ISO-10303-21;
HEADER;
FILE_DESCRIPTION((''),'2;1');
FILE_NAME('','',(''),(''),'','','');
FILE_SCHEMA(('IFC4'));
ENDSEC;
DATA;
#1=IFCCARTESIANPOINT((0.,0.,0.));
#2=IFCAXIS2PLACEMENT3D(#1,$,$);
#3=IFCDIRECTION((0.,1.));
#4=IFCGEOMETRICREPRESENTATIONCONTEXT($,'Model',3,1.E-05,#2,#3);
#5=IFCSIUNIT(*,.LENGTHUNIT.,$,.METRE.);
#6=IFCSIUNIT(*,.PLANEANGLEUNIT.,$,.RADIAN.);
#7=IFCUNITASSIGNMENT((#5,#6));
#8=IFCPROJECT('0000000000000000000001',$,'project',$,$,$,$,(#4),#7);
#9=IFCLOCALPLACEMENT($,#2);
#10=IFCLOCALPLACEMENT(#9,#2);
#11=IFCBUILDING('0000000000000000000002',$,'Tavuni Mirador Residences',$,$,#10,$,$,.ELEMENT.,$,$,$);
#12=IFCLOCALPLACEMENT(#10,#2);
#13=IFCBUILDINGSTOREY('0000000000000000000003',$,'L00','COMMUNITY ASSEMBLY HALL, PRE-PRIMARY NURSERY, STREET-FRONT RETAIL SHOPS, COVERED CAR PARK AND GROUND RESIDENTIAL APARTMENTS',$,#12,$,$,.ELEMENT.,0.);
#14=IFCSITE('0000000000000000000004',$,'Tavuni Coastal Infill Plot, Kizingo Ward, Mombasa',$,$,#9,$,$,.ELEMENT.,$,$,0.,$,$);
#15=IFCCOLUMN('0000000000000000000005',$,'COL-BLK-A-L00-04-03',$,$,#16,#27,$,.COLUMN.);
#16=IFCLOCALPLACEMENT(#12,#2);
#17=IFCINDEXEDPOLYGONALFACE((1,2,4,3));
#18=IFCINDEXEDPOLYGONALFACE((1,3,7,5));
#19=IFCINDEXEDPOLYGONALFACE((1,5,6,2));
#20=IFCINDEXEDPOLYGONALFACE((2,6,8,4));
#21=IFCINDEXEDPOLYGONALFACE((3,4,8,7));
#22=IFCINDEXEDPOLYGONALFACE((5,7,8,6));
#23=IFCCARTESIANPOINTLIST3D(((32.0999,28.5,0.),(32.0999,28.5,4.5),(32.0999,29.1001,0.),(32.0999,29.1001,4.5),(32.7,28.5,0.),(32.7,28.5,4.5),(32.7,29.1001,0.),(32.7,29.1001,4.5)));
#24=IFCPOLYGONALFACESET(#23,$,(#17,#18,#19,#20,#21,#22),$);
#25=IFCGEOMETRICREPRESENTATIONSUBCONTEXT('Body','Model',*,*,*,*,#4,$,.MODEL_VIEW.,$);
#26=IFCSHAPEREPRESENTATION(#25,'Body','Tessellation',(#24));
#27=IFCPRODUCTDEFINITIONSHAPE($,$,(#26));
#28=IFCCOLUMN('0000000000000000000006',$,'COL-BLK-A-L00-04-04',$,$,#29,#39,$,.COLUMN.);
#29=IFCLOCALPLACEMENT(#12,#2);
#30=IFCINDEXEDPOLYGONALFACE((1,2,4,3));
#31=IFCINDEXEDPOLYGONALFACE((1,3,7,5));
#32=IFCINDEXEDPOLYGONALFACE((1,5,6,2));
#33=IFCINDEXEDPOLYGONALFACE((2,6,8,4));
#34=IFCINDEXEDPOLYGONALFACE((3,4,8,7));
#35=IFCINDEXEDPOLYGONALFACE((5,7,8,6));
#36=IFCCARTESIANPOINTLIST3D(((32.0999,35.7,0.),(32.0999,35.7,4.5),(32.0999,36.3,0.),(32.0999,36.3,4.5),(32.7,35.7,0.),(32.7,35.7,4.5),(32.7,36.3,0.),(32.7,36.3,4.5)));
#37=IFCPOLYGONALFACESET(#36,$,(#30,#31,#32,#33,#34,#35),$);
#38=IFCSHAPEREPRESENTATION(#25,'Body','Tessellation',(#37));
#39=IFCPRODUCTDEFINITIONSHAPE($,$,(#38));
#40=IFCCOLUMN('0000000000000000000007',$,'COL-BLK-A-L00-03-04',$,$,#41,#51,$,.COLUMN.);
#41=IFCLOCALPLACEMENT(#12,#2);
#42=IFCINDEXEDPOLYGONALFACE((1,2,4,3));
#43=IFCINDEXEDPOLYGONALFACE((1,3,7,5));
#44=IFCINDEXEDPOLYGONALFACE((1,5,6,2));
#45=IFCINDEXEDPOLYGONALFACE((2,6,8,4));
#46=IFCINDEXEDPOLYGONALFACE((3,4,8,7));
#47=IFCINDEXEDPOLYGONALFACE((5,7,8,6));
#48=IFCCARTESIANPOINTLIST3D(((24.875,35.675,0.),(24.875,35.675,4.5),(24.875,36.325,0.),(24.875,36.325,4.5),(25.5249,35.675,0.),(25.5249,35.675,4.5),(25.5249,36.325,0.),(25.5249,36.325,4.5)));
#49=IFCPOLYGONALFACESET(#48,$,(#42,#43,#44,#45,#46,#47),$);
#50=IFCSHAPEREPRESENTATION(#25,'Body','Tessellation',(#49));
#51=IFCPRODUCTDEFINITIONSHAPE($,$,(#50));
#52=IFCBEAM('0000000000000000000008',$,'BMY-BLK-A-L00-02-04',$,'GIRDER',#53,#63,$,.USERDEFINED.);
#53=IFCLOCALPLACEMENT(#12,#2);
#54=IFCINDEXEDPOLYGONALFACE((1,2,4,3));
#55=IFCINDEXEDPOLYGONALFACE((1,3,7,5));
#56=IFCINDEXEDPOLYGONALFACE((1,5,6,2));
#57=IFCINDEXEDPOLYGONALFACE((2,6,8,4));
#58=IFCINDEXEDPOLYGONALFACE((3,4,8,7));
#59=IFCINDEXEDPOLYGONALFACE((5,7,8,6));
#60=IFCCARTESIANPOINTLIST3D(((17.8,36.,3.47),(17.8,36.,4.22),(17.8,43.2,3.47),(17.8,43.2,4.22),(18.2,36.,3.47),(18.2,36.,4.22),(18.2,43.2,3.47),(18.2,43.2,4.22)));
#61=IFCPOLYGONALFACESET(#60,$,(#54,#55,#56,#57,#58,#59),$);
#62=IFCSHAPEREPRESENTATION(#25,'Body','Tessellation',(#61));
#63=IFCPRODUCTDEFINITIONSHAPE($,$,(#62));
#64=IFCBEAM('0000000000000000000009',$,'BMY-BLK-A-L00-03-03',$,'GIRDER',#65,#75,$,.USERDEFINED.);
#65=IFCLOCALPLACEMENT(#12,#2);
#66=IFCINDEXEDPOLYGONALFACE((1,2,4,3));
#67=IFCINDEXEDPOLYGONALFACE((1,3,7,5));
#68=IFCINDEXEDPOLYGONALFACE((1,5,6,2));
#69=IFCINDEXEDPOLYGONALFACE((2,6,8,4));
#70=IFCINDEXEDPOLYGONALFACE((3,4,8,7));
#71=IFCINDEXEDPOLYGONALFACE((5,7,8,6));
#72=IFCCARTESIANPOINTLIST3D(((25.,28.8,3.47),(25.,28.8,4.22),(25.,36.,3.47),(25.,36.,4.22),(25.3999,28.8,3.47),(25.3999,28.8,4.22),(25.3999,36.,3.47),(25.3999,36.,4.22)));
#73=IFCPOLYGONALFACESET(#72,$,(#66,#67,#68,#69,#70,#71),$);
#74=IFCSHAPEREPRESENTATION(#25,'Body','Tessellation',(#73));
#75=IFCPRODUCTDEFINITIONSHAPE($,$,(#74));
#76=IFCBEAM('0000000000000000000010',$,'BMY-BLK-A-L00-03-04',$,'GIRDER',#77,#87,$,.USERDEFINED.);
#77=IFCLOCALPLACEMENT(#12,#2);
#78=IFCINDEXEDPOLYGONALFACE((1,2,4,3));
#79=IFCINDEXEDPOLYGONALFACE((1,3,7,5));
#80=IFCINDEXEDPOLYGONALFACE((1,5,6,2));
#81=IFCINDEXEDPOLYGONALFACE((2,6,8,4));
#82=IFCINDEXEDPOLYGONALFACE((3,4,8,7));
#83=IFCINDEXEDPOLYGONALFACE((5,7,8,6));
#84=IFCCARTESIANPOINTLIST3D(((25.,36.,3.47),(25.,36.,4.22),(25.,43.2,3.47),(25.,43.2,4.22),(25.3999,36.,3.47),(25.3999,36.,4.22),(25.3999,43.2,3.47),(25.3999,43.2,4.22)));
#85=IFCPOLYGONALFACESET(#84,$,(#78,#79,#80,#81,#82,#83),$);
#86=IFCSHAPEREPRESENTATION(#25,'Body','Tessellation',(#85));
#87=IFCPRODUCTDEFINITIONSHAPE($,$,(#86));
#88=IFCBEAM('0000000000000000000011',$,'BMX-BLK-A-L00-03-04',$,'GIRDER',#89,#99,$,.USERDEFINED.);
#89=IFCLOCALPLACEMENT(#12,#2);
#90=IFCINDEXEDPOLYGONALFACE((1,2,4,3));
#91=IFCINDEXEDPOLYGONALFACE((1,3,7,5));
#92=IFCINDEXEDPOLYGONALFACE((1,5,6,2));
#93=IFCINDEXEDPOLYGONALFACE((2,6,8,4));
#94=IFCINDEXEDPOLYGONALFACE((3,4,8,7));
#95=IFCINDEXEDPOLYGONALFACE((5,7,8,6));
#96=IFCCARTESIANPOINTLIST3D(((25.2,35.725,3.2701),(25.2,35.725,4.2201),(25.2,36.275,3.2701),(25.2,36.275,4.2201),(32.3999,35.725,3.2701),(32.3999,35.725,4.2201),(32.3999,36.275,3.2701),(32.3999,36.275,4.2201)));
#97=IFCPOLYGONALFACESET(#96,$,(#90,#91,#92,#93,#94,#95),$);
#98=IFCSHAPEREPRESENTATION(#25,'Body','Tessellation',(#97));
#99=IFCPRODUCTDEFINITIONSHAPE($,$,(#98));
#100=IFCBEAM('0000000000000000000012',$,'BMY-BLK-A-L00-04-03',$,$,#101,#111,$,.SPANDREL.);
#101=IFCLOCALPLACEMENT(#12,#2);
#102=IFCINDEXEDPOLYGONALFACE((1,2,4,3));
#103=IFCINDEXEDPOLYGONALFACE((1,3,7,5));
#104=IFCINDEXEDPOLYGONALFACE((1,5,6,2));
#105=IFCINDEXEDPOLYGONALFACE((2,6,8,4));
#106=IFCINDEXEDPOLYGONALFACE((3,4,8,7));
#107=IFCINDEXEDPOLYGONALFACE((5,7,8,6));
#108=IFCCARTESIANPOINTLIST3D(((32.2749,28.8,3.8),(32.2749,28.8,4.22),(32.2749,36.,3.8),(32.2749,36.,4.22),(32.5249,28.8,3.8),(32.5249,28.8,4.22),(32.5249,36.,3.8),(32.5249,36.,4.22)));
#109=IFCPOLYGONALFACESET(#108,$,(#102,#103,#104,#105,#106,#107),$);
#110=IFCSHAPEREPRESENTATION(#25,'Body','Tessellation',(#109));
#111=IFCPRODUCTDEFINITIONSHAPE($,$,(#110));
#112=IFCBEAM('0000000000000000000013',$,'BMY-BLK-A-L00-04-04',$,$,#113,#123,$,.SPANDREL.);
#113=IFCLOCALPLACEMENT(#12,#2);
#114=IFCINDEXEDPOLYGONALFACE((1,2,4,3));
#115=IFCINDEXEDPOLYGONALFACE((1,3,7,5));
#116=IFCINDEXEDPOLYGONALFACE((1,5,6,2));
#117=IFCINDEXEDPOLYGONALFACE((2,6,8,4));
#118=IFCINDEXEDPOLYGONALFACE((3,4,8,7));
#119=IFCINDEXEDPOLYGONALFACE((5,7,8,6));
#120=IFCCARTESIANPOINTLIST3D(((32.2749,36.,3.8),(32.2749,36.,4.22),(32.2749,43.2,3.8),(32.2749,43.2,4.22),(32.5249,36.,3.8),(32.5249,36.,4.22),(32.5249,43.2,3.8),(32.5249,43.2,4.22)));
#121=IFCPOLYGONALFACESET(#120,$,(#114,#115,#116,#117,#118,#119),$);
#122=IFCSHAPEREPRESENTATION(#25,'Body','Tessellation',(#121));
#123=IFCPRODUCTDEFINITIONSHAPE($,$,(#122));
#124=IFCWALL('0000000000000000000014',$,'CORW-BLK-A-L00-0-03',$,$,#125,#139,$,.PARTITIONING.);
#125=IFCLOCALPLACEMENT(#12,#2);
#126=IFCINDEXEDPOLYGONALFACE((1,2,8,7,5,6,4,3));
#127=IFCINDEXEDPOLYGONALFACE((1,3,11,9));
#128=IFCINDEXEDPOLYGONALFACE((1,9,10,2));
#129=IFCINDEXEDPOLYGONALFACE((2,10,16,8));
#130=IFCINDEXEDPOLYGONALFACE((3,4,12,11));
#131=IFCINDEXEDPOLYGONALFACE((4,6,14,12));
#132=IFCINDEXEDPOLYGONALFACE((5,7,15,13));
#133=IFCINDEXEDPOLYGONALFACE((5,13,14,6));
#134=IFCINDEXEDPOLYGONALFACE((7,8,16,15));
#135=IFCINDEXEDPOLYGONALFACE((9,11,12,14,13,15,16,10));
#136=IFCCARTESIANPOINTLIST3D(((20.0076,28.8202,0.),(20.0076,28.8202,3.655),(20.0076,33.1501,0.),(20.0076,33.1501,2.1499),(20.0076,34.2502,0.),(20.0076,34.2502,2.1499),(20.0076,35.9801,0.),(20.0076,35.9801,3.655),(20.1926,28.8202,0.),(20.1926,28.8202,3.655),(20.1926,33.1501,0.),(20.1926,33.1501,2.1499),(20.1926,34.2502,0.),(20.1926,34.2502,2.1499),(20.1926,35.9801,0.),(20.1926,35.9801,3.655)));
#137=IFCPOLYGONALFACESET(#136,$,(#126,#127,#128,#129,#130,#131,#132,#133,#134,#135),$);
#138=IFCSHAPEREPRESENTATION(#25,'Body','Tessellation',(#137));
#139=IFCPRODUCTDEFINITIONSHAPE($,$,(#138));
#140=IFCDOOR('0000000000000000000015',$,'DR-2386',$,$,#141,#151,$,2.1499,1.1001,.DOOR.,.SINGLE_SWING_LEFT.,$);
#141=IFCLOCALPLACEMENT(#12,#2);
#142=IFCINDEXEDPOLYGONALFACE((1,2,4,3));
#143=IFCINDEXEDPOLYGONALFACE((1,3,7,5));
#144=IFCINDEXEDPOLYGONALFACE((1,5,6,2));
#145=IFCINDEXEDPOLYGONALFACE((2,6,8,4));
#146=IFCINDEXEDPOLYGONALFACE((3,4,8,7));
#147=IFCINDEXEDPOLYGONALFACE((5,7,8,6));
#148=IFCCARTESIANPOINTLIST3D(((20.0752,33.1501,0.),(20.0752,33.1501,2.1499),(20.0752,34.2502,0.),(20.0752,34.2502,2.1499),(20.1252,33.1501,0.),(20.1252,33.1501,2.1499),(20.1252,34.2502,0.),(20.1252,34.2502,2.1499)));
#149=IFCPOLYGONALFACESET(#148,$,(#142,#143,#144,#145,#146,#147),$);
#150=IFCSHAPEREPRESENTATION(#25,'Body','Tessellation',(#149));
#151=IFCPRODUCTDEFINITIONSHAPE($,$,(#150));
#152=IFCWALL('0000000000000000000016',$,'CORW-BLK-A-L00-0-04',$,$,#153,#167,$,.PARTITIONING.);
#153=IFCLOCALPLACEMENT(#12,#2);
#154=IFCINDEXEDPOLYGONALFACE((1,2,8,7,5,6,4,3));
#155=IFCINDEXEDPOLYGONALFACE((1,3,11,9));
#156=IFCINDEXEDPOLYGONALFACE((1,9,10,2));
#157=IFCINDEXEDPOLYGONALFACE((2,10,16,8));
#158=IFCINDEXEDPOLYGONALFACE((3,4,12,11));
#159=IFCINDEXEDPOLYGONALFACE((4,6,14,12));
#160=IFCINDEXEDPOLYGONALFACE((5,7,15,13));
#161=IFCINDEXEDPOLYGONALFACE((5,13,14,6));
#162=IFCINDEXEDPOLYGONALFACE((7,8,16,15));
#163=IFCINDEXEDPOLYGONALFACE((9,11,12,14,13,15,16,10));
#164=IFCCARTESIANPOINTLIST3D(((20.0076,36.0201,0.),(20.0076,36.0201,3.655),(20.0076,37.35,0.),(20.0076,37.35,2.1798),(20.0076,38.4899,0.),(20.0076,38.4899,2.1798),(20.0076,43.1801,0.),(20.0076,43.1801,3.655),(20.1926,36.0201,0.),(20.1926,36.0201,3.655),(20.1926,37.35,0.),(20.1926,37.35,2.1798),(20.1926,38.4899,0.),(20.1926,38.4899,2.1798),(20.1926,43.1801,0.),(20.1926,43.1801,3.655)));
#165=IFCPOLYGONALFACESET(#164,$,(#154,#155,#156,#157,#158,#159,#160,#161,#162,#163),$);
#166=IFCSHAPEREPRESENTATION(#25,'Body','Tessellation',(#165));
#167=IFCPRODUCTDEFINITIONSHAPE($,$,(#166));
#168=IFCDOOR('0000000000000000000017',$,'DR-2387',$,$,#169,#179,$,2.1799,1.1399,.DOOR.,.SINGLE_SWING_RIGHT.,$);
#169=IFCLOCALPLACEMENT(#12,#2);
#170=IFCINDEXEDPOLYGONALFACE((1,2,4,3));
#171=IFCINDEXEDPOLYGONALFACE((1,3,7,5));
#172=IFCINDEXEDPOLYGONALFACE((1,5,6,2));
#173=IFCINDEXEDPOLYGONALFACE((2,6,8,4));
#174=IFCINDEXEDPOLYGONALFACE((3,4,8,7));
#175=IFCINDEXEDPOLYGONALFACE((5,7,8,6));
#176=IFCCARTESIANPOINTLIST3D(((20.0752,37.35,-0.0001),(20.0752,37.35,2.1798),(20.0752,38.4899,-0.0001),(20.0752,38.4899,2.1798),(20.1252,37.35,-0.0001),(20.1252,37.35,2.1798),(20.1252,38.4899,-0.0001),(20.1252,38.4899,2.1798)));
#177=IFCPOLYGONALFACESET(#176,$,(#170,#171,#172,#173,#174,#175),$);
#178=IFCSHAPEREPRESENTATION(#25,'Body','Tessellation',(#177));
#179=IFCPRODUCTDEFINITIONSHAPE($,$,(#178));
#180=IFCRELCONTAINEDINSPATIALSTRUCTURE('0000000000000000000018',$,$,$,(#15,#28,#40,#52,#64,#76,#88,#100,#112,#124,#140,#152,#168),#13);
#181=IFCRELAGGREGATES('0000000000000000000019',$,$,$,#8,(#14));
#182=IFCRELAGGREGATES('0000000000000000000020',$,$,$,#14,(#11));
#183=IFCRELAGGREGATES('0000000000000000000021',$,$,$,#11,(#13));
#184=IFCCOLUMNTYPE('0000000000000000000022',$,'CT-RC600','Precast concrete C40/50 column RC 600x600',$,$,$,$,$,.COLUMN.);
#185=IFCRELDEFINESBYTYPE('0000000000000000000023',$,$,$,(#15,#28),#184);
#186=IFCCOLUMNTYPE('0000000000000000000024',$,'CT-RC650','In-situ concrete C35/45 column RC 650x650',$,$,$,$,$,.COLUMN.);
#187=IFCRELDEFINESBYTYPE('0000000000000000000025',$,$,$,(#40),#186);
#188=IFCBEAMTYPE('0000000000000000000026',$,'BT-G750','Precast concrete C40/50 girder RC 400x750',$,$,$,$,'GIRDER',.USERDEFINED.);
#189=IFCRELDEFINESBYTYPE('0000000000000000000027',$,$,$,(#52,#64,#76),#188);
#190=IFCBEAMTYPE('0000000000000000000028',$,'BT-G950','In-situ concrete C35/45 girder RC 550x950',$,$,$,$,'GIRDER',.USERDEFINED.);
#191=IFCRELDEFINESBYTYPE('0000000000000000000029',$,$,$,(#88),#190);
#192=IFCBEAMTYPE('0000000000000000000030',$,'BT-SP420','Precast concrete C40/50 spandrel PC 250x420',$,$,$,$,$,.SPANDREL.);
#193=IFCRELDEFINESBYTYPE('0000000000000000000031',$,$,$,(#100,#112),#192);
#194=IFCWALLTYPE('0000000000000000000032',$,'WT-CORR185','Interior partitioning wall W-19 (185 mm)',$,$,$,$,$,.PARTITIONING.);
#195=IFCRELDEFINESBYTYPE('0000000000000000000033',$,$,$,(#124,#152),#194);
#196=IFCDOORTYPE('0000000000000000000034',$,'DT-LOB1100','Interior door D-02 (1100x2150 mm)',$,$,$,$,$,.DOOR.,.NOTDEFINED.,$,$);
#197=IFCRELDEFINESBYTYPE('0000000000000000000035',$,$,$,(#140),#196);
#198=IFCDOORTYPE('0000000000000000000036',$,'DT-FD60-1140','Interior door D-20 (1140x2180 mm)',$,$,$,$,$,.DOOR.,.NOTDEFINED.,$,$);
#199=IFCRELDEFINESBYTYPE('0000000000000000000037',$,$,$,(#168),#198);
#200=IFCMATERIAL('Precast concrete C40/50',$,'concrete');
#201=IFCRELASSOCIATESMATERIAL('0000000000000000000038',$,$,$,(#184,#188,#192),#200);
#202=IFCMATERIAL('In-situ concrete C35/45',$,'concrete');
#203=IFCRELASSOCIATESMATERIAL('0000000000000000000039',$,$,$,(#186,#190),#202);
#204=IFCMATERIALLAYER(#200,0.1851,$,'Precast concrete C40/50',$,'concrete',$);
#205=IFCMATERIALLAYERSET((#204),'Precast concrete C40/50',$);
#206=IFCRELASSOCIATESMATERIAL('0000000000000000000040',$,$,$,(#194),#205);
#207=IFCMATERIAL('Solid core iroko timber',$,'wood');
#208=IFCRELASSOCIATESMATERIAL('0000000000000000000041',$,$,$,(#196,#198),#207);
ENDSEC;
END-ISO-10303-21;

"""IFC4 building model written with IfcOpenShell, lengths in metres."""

from ifc_helpers import new_model, si_unit, direction, frame, frame_2d, origin, origin_2d, place, context, subcontext, project, spatial, rectangle, extrude, material, layer, layer_set, material_profile, profile_set, type_object, element, fill, save


model = new_model("IFC4")

# Units and contexts
model_context = context("Model", 3, precision=1e-05, world=origin(), true_north=direction((0.0, 1.0)))
body_context = subcontext(model_context, "Body", "Model", "MODEL_VIEW")
ifc_project = project(units=[si_unit("LENGTHUNIT", "METRE"), si_unit("PLANEANGLEUNIT", "RADIAN")], contexts=[model_context])

# Site, building, storey
site_placement = place(None, origin())
site = spatial("IfcSite", under=ifc_project, at=site_placement, Name="Tavuni Coastal Infill Plot, Kizingo Ward, Mombasa", CompositionType="ELEMENT", RefElevation=0.0)
building_placement = place(site_placement, origin())
building = spatial("IfcBuilding", under=site, at=building_placement, Name="Tavuni Mirador Residences", CompositionType="ELEMENT")
storey_placement = place(building_placement, origin())
storey = spatial("IfcBuildingStorey", under=building, at=storey_placement, Name="L00", Description="COMMUNITY ASSEMBLY HALL, PRE-PRIMARY NURSERY, STREET-FRONT RETAIL SHOPS, COVERED CAR PARK AND GROUND RESIDENTIAL APARTMENTS", CompositionType="ELEMENT", Elevation=0.0)

# Columns
ifc_material_1 = material(Name="Precast concrete C40/50", Category="concrete")
ifc_material_profile_1 = material_profile(ifc_material_1, rectangle(XDim=0.6001, YDim=0.6001, at=origin_2d()), Name="RC 600x600", Category="concrete")
ifc_profile_set_1 = profile_set([ifc_material_profile_1], Name="Precast concrete C40/50")
column_type_1 = type_object("IfcColumnType", Name="CT-RC600", Description="Precast concrete C40/50 column RC 600x600", PredefinedType="COLUMN", material=ifc_profile_set_1)
for number, where, z_axis, x_axis, name in (
    (1, (32.3999, 28.8, 0.0), (0.0, 0.0, 1.0), (1.0, 0.0, 0.0), "COL-BLK-A-L00-04-03"),
    (2, (32.3999, 36.0, 0.0), (0.0, 0.0, 1.0), (1.0, 0.0, 0.0), "COL-BLK-A-L00-04-04"),
):
    element("IfcColumn", number, at=place(storey_placement, frame(where, z_axis=z_axis, x_axis=x_axis)), inside=storey, type_object=column_type_1, Name=name, PredefinedType="COLUMN", context=body_context, shape_type="SweptSolid", body=[
        extrude(rectangle(XDim=0.6001, YDim=0.6001, at=origin_2d()), origin(), (0.0, 0.0, 1.0), 4.5),
    ])
ifc_material_2 = material(Name="In-situ concrete C35/45", Category="concrete")
ifc_material_profile_2 = material_profile(ifc_material_2, rectangle(XDim=0.6499, YDim=0.6499, at=origin_2d()), Name="RC 650x650", Category="concrete")
ifc_profile_set_2 = profile_set([ifc_material_profile_2], Name="In-situ concrete C35/45")
column_type_2 = type_object("IfcColumnType", Name="CT-RC650", Description="In-situ concrete C35/45 column RC 650x650", PredefinedType="COLUMN", material=ifc_profile_set_2)
column_placement = place(storey_placement, frame((25.2, 36.0, 0.0), z_axis=(0.0, 0.0, 1.0), x_axis=(1.0, 0.0, 0.0)))
element("IfcColumn", 3, at=column_placement, inside=storey, type_object=column_type_2, Name="COL-BLK-A-L00-03-04", PredefinedType="COLUMN", context=body_context, shape_type="SweptSolid", body=[
    extrude(rectangle(XDim=0.6499, YDim=0.6499, at=origin_2d()), origin(), (0.0, 0.0, 1.0), 4.5),
])

# Beams
ifc_material_profile_3 = material_profile(ifc_material_1, rectangle(XDim=0.3999, YDim=0.75, at=origin_2d()), Name="RC 400x750", Category="concrete")
ifc_profile_set_3 = profile_set([ifc_material_profile_3], Name="Precast concrete C40/50")
beam_type_1 = type_object("IfcBeamType", Name="BT-G750", Description="Precast concrete C40/50 girder RC 400x750", ElementType="GIRDER", PredefinedType="USERDEFINED", material=ifc_profile_set_3)
for number, where, z_axis, x_axis, name in (
    (4, (18.0, 36.0, 3.845), (0.0, 1.0, 0.0), (-1.0, 0.0, 0.0), "BMY-BLK-A-L00-02-04"),
    (5, (25.2, 28.8, 3.845), (0.0, 1.0, 0.0), (-1.0, 0.0, 0.0), "BMY-BLK-A-L00-03-03"),
    (6, (25.2, 36.0, 3.845), (0.0, 1.0, 0.0), (-1.0, 0.0, 0.0), "BMY-BLK-A-L00-03-04"),
):
    element("IfcBeam", number, at=place(storey_placement, frame(where, z_axis=z_axis, x_axis=x_axis)), inside=storey, type_object=beam_type_1, Name=name, ObjectType="GIRDER", PredefinedType="USERDEFINED", context=body_context, shape_type="SweptSolid", body=[
        extrude(rectangle(XDim=0.3999, YDim=0.75, at=origin_2d()), origin(), (0.0, 0.0, 1.0), 7.2),
    ])
ifc_material_profile_4 = material_profile(ifc_material_2, rectangle(XDim=0.55, YDim=0.95, at=origin_2d()), Name="RC 550x950", Category="concrete")
ifc_profile_set_4 = profile_set([ifc_material_profile_4], Name="In-situ concrete C35/45")
beam_type_2 = type_object("IfcBeamType", Name="BT-G950", Description="In-situ concrete C35/45 girder RC 550x950", ElementType="GIRDER", PredefinedType="USERDEFINED", material=ifc_profile_set_4)
beam_placement = place(storey_placement, frame((25.2, 36.0, 3.7451), z_axis=(1.0, 0.0, 0.0), x_axis=(0.0, 1.0, 0.0)))
element("IfcBeam", 7, at=beam_placement, inside=storey, type_object=beam_type_2, Name="BMX-BLK-A-L00-03-04", ObjectType="GIRDER", PredefinedType="USERDEFINED", context=body_context, shape_type="SweptSolid", body=[
    extrude(rectangle(XDim=0.55, YDim=0.95, at=origin_2d()), origin(), (0.0, 0.0, 1.0), 7.2),
])
ifc_material_profile_5 = material_profile(ifc_material_1, rectangle(XDim=0.25, YDim=0.4199, at=origin_2d()), Name="PC 250x420", Category="concrete")
ifc_profile_set_5 = profile_set([ifc_material_profile_5], Name="Precast concrete C40/50")
beam_type_3 = type_object("IfcBeamType", Name="BT-SP420", Description="Precast concrete C40/50 spandrel PC 250x420", PredefinedType="SPANDREL", material=ifc_profile_set_5)
for number, where, z_axis, x_axis, name in (
    (8, (32.3999, 28.8, 4.01), (0.0, 1.0, 0.0), (-1.0, 0.0, 0.0), "BMY-BLK-A-L00-04-03"),
    (9, (32.3999, 36.0, 4.01), (0.0, 1.0, 0.0), (-1.0, 0.0, 0.0), "BMY-BLK-A-L00-04-04"),
):
    element("IfcBeam", number, at=place(storey_placement, frame(where, z_axis=z_axis, x_axis=x_axis)), inside=storey, type_object=beam_type_3, Name=name, PredefinedType="SPANDREL", context=body_context, shape_type="SweptSolid", body=[
        extrude(rectangle(XDim=0.25, YDim=0.4199, at=origin_2d()), origin(), (0.0, 0.0, 1.0), 7.2),
    ])

# Walls, openings, doors
ifc_layer_1 = layer(ifc_material_1, 0.1851, Name="Precast concrete C40/50", Category="concrete")
ifc_layer_set_1 = layer_set([ifc_layer_1], Name="Precast concrete C40/50")
wall_type_1 = type_object("IfcWallType", Name="WT-CORR185", Description="Interior partitioning wall W-19 (185 mm)", PredefinedType="PARTITIONING", material=ifc_layer_set_1)
wall_1_placement = place(storey_placement, frame((20.1001, 28.8201, 0.0), z_axis=(0.0, 0.0, 1.0), x_axis=(0.0, 1.0, 0.0)))
wall_1 = element("IfcWall", 10, at=wall_1_placement, inside=storey, type_object=wall_type_1, Name="CORW-BLK-A-L00-0-03", PredefinedType="PARTITIONING", context=body_context, shape_type="SweptSolid", body=[
    extrude(rectangle(XDim=7.1599, YDim=0.1851, at=frame_2d((3.5801, 0.0))), origin(), (0.0, 0.0, 1.0), 3.655),
])
opening_1_placement = place(wall_1_placement, frame((4.3301, 0.0, 0.0)))
opening_1 = element("IfcOpeningElement", 11, at=opening_1_placement, cuts=wall_1, PredefinedType="OPENING", context=body_context, shape_type="SweptSolid", body=[
    extrude(rectangle(XDim=1.1001, YDim=2.1499, at=frame_2d((0.55, 1.075))), frame((0.0, 0.1025, 0.0), z_axis=(0.0, -1.0, 0.0), x_axis=(1.0, 0.0, 0.0)), (0.0, 0.0, 1.0), 0.2051),
])
ifc_material_3 = material(Name="Solid core iroko timber", Category="wood")
door_type_1 = type_object("IfcDoorType", Name="DT-LOB1100", Description="Interior door D-02 (1100x2150 mm)", OperationType="NOTDEFINED", PredefinedType="DOOR", material=ifc_material_3)
door_1_placement = place(opening_1_placement, origin())
door_1 = element("IfcDoor", 12, at=door_1_placement, inside=storey, type_object=door_type_1, Name="DR-2386", OperationType="SINGLE_SWING_LEFT", OverallHeight=2.1499, OverallWidth=1.1001, PredefinedType="DOOR", context=body_context, shape_type="SweptSolid", body=[
    extrude(rectangle(XDim=1.1001, YDim=2.1499, at=frame_2d((0.55, 1.075))), frame((0.0, 0.0249, 0.0), z_axis=(0.0, -1.0, 0.0), x_axis=(1.0, 0.0, 0.0)), (0.0, 0.0, 1.0), 0.05),
])
fill(opening_1, door_1)
wall_2_placement = place(storey_placement, frame((20.1001, 36.02, 0.0), z_axis=(0.0, 0.0, 1.0), x_axis=(0.0, 1.0, 0.0)))
wall_2 = element("IfcWall", 13, at=wall_2_placement, inside=storey, type_object=wall_type_1, Name="CORW-BLK-A-L00-0-04", PredefinedType="PARTITIONING", context=body_context, shape_type="SweptSolid", body=[
    extrude(rectangle(XDim=7.1599, YDim=0.1851, at=frame_2d((3.5801, 0.0))), origin(), (0.0, 0.0, 1.0), 3.655),
])
opening_2_placement = place(wall_2_placement, frame((1.3301, 0.0, 0.0)))
opening_2 = element("IfcOpeningElement", 14, at=opening_2_placement, cuts=wall_2, PredefinedType="OPENING", context=body_context, shape_type="SweptSolid", body=[
    extrude(rectangle(XDim=1.1399, YDim=2.1799, at=frame_2d((0.5698, 1.0898))), frame((0.0, 0.1025, 0.0), z_axis=(0.0, -1.0, 0.0), x_axis=(1.0, 0.0, 0.0)), (0.0, 0.0, 1.0), 0.2051),
])
door_type_2 = type_object("IfcDoorType", Name="DT-FD60-1140", Description="Interior door D-20 (1140x2180 mm)", OperationType="NOTDEFINED", PredefinedType="DOOR", material=ifc_material_3)
door_2_placement = place(opening_2_placement, origin())
door_2 = element("IfcDoor", 15, at=door_2_placement, inside=storey, type_object=door_type_2, Name="DR-2387", OperationType="SINGLE_SWING_RIGHT", OverallHeight=2.1799, OverallWidth=1.1399, PredefinedType="DOOR", context=body_context, shape_type="SweptSolid", body=[
    extrude(rectangle(XDim=1.1399, YDim=2.1799, at=frame_2d((0.5698, 1.0898))), frame((0.0, 0.0249, 0.0), z_axis=(0.0, -1.0, 0.0), x_axis=(1.0, 0.0, 0.0)), (0.0, 0.0, 1.0), 0.05),
])
fill(opening_2, door_2)

save(model, "model.ifc")
